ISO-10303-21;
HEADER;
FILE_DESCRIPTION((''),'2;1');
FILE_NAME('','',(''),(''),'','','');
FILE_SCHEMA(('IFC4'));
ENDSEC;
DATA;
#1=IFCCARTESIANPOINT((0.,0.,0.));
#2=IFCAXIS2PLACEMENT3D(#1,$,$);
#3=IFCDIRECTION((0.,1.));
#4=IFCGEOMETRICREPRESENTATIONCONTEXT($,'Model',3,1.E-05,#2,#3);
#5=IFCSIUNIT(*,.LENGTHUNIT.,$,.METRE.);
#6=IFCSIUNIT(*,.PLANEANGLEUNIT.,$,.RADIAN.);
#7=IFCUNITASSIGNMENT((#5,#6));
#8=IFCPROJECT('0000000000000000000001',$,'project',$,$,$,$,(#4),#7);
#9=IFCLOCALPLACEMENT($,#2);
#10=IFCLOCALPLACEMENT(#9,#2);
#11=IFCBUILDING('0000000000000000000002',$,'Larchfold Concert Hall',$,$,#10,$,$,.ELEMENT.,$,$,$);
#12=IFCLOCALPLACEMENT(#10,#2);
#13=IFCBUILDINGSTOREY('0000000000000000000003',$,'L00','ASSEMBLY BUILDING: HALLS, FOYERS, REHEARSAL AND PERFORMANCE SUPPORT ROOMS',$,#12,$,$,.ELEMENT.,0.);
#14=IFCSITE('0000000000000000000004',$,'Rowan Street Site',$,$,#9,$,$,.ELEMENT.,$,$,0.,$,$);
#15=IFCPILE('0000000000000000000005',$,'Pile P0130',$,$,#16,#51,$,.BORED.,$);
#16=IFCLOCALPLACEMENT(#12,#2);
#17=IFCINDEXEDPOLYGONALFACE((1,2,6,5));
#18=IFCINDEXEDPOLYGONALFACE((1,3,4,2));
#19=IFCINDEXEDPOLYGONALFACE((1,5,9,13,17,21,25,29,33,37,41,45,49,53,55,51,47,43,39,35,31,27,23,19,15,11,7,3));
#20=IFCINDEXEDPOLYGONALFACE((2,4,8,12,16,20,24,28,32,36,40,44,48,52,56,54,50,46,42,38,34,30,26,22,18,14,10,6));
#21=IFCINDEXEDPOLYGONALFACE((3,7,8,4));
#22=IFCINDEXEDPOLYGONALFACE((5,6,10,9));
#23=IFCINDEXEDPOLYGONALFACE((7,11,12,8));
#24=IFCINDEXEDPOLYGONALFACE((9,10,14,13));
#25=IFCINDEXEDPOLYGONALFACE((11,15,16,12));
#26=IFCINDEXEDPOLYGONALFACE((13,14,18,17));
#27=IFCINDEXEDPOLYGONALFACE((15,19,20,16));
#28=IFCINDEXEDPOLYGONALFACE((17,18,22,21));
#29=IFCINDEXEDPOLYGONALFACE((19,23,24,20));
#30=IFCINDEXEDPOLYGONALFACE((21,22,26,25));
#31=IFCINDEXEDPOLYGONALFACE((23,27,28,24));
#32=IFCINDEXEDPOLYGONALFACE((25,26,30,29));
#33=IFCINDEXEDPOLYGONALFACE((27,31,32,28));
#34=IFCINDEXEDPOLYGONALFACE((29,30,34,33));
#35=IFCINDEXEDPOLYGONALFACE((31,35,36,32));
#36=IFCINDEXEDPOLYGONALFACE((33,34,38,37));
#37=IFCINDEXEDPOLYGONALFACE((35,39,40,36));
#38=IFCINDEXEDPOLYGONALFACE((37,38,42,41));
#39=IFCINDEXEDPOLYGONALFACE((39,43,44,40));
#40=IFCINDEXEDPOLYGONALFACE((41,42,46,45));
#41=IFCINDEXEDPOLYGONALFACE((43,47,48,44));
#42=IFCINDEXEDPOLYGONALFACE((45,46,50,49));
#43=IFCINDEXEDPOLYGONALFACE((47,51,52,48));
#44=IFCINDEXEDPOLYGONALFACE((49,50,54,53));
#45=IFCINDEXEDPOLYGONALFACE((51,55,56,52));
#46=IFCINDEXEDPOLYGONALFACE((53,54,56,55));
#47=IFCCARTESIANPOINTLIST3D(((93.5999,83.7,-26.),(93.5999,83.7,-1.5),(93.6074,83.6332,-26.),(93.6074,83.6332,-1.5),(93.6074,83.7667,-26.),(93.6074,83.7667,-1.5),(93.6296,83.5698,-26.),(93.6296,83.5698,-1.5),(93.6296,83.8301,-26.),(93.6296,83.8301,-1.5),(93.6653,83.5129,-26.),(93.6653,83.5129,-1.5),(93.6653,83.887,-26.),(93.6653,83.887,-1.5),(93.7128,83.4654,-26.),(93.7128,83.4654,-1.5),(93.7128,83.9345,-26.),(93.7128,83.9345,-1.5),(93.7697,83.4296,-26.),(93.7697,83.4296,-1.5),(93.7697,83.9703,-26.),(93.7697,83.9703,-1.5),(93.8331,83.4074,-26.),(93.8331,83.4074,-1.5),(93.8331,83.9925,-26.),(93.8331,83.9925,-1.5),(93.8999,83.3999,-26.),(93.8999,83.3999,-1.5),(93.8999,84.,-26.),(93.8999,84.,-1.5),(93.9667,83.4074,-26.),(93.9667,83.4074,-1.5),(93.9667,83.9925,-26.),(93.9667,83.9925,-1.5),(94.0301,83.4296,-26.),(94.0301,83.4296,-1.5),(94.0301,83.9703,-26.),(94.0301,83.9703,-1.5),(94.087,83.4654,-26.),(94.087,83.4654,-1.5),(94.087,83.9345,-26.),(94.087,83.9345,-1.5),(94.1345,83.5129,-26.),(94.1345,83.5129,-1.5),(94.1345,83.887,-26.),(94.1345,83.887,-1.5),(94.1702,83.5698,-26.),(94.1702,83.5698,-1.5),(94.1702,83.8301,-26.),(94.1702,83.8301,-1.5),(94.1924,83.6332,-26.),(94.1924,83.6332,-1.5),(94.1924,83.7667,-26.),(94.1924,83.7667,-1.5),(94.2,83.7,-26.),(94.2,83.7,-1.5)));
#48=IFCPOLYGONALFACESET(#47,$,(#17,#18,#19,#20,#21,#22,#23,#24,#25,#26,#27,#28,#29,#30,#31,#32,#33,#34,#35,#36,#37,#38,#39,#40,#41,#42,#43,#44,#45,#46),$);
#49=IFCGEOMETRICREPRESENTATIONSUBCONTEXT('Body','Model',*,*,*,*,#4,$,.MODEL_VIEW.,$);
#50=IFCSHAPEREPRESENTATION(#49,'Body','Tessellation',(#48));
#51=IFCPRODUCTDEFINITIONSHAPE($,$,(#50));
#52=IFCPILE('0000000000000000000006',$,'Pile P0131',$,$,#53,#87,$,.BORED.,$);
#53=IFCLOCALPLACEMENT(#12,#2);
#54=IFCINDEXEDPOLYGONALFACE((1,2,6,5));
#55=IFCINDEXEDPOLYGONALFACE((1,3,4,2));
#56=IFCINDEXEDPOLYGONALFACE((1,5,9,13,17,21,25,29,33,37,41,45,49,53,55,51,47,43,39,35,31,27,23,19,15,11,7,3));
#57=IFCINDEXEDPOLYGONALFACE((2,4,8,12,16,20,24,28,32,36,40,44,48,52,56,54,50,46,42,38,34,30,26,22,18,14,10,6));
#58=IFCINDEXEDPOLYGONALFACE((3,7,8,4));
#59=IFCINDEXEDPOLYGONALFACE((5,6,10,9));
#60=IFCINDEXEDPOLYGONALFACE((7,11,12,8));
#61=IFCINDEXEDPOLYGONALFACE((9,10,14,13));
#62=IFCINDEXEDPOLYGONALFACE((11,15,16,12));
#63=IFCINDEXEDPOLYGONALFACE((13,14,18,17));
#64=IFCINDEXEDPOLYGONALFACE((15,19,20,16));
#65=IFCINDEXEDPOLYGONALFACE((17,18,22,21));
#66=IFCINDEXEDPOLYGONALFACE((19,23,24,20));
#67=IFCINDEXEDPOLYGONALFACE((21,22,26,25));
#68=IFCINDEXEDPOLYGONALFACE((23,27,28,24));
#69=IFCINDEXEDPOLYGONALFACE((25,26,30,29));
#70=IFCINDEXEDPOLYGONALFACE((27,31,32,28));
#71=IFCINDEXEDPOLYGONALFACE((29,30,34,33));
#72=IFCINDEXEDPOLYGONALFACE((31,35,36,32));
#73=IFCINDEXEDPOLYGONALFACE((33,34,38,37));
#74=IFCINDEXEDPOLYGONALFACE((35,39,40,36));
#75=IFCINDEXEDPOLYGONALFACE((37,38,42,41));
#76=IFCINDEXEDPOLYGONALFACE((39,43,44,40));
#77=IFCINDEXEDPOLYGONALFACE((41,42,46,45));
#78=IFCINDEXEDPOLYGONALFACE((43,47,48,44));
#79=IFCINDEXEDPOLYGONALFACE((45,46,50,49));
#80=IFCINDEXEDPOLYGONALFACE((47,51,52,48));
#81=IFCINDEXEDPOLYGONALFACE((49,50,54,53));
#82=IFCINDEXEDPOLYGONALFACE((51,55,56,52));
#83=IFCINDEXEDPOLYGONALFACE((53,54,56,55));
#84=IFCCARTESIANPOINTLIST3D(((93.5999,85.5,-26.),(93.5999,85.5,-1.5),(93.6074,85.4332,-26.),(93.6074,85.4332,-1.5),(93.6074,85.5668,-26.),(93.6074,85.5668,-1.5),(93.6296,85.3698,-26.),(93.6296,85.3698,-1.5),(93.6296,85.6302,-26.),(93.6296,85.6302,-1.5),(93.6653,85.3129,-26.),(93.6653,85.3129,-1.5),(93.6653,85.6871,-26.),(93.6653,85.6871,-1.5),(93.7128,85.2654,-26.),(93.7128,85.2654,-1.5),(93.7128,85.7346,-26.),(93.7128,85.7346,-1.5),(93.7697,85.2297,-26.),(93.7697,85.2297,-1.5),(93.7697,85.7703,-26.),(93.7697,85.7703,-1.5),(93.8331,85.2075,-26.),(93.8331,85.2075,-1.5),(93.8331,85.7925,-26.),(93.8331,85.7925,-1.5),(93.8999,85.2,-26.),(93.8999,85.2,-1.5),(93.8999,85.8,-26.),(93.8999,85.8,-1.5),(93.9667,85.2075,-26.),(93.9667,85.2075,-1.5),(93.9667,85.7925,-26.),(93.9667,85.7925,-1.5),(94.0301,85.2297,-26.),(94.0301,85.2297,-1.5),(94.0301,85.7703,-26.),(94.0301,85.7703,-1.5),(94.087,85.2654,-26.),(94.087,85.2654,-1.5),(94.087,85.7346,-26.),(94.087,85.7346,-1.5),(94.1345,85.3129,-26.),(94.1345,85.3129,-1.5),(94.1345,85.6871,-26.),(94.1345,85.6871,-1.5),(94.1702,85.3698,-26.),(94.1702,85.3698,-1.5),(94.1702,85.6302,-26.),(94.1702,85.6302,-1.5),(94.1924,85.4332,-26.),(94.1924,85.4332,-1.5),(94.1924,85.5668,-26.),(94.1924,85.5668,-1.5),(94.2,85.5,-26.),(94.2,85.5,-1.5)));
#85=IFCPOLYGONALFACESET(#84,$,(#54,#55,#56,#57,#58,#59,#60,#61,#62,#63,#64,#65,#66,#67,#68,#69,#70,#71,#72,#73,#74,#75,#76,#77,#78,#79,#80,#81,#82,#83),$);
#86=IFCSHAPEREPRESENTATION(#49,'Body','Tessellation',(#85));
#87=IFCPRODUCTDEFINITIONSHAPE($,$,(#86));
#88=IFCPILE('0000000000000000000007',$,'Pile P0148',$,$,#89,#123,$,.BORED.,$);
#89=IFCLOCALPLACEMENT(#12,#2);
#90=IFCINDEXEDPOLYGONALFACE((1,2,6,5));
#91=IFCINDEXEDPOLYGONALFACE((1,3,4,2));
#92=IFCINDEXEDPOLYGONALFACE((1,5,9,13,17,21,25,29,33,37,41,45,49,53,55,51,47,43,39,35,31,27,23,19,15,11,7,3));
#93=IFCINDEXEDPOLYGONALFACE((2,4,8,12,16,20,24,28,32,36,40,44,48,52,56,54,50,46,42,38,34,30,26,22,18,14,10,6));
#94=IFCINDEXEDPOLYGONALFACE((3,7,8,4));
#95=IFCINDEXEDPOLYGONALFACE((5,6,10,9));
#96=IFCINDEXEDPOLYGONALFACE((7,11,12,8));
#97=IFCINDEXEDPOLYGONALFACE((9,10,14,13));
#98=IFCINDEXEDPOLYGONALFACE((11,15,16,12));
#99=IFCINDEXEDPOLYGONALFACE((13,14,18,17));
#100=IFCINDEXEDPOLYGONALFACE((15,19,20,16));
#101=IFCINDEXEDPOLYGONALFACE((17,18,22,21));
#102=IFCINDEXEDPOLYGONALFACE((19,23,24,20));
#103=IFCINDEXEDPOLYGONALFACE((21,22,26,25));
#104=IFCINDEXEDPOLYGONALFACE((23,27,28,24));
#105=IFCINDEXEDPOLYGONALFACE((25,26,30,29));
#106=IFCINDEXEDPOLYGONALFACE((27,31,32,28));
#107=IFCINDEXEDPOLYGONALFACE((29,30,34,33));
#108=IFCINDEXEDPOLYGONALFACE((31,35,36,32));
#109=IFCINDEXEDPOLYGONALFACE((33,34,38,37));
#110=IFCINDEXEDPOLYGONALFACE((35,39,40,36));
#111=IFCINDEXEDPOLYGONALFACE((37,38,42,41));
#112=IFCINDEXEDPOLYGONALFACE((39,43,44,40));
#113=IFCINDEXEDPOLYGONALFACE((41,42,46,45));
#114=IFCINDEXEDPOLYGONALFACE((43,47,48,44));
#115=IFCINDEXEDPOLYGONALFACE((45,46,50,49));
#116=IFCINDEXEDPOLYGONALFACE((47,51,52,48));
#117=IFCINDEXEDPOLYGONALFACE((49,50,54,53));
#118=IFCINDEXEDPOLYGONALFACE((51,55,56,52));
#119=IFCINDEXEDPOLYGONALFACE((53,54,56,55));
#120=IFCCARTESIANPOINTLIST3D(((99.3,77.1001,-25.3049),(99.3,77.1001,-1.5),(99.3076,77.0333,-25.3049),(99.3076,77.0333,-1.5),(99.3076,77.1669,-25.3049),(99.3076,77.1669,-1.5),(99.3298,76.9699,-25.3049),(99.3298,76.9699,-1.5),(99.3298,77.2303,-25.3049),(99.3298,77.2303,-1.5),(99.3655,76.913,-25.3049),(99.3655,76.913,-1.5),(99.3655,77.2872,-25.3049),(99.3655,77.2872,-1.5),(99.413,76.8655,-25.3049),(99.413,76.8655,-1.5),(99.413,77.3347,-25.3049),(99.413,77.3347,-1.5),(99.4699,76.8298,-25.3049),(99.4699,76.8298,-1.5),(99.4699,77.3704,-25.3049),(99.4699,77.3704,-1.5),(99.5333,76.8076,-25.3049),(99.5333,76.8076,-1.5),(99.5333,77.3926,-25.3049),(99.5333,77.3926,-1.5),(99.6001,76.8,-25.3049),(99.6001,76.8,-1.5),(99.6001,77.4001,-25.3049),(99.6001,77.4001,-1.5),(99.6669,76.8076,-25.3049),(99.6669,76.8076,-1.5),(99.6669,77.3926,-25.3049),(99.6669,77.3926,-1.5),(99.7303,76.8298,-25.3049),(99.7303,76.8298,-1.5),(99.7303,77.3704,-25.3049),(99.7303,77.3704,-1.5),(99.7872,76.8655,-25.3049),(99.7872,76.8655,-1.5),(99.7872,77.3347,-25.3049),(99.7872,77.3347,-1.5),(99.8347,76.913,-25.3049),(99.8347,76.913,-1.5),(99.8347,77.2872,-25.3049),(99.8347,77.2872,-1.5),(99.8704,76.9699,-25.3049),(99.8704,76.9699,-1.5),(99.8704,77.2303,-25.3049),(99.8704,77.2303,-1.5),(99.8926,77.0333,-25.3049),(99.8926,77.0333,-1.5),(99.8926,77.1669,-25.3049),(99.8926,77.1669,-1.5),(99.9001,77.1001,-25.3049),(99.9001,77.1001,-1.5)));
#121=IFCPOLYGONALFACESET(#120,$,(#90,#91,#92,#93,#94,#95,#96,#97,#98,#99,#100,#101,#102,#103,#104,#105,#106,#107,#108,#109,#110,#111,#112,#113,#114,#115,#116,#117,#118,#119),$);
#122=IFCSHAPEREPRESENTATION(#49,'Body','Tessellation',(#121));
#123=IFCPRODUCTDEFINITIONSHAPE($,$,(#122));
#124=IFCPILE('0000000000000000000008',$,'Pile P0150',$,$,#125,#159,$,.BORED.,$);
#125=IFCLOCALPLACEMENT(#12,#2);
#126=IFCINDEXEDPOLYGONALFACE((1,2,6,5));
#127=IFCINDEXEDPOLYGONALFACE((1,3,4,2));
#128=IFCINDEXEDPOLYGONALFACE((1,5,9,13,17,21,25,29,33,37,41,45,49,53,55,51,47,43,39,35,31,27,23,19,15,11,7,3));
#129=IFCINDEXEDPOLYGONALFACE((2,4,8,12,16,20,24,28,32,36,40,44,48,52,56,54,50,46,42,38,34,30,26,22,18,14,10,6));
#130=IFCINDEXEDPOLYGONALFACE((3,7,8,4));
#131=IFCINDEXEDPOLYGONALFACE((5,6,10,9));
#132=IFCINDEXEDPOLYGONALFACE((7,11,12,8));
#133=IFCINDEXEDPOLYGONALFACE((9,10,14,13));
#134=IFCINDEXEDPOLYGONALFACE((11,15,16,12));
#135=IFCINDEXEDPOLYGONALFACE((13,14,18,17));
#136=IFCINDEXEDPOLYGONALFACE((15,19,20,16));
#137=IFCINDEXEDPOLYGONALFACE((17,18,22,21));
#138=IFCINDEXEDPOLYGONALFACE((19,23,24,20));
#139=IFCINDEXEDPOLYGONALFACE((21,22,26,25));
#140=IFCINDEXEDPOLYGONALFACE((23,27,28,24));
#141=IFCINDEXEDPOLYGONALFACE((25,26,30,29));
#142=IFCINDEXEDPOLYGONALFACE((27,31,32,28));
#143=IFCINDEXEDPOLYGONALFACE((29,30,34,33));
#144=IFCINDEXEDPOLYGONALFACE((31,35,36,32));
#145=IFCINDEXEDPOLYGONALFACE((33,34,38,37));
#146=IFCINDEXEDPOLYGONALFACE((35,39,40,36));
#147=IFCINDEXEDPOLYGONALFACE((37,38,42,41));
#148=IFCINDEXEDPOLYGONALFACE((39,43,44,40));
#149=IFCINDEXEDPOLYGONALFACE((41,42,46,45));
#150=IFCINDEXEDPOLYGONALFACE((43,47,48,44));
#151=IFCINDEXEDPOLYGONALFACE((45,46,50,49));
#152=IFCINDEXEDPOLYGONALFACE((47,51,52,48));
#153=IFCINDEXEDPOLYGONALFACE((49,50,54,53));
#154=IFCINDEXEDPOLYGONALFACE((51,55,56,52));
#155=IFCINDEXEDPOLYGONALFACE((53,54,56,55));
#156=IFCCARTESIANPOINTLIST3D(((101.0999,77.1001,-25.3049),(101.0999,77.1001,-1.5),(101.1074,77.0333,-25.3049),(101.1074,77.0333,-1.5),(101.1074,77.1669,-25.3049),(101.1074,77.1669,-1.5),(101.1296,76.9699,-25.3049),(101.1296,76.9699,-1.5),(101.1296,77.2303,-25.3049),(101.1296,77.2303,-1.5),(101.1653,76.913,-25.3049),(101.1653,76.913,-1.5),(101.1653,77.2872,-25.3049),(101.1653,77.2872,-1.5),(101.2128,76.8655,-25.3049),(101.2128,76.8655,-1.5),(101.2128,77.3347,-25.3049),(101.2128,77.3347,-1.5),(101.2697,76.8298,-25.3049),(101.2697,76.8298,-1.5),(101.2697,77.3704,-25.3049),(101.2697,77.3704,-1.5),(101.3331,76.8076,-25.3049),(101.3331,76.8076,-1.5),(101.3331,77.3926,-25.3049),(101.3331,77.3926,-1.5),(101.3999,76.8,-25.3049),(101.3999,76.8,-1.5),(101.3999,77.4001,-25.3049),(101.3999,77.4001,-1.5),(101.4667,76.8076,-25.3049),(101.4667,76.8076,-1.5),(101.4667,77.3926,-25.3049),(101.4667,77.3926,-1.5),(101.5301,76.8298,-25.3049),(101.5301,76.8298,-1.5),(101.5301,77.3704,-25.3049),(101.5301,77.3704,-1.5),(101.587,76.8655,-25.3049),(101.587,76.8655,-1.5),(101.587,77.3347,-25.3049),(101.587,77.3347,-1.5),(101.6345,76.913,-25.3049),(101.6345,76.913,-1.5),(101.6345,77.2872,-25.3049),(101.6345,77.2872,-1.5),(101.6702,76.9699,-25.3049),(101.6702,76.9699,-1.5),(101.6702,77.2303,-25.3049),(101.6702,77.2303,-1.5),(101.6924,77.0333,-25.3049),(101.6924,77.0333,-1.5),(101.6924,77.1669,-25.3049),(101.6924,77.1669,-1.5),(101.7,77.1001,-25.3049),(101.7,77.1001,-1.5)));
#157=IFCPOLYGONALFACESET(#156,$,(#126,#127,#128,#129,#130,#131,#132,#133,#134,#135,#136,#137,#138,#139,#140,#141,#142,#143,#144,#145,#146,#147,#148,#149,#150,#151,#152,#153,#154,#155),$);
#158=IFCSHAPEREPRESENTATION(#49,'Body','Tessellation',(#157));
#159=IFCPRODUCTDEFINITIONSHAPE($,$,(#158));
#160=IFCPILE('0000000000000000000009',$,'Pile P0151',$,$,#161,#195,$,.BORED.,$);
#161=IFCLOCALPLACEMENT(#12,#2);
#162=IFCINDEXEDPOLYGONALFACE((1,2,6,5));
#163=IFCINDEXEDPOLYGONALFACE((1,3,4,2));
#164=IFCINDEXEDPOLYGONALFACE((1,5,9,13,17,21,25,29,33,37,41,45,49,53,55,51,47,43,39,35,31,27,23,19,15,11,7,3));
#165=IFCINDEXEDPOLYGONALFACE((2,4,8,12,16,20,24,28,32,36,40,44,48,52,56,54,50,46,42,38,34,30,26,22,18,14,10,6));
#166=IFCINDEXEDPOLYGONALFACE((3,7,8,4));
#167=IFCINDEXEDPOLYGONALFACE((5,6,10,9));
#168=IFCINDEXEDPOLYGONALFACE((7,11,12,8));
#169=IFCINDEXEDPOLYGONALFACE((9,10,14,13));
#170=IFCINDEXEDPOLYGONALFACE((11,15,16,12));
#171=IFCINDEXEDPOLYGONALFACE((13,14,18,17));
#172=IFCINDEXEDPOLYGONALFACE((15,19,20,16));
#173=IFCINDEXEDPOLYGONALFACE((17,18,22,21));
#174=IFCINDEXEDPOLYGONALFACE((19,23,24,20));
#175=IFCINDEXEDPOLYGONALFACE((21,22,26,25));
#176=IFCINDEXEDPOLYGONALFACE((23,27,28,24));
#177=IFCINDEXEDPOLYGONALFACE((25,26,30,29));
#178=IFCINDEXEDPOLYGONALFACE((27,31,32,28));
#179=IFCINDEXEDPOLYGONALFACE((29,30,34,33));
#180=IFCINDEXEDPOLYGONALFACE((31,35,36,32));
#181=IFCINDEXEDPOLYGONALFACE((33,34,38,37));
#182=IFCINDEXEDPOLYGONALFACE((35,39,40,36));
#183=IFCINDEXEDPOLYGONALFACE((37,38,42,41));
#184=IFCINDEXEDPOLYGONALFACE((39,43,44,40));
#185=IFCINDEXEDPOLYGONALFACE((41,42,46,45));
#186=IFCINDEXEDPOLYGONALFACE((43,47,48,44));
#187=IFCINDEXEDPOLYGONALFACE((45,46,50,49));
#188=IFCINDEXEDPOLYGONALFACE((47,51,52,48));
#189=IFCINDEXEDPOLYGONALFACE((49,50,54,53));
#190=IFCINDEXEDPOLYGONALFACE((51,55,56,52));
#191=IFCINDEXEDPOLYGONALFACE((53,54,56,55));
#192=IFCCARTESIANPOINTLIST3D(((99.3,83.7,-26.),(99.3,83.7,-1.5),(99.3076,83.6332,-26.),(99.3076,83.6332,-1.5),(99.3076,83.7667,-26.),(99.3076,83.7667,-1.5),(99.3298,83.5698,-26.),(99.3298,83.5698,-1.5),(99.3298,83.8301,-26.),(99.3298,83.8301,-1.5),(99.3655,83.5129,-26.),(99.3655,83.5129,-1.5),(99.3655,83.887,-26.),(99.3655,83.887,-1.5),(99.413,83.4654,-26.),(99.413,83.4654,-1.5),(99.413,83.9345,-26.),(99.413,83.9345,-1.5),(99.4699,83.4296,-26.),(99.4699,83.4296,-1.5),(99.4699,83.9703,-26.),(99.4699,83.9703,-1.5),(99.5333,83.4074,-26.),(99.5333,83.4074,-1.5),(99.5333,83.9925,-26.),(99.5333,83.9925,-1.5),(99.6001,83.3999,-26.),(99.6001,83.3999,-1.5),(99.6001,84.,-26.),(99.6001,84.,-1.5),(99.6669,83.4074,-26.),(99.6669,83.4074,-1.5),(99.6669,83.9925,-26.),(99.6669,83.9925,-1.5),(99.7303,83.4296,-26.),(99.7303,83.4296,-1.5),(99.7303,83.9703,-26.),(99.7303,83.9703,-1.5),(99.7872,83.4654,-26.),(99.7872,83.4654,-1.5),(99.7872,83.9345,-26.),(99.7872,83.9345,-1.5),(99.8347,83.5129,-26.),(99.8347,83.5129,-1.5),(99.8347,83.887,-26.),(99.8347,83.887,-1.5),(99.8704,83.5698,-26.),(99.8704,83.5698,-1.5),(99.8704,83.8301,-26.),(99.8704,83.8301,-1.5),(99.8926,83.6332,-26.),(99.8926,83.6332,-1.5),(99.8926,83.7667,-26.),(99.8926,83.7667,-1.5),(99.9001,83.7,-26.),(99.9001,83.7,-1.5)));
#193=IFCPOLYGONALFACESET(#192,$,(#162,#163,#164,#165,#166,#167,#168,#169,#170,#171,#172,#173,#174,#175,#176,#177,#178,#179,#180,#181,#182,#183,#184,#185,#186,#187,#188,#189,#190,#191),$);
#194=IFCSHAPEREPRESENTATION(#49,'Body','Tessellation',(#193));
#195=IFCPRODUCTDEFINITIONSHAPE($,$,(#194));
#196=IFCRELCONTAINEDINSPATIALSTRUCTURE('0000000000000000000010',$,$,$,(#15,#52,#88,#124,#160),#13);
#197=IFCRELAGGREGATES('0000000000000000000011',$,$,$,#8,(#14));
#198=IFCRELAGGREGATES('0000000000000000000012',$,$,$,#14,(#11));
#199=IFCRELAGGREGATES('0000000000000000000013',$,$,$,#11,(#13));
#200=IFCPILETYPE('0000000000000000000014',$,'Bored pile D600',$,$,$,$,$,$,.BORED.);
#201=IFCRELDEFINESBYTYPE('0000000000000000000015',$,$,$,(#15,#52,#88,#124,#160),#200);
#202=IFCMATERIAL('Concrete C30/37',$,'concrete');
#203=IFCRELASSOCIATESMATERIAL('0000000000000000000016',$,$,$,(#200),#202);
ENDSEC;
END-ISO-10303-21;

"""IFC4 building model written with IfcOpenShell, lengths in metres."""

from ifc_helpers import new_model, si_unit, direction, frame, origin, origin_2d, place, context, subcontext, project, spatial, circle, extrude, material, material_profile, profile_set, type_object, element, save


model = new_model("IFC4")

# Units and contexts
model_context = context("Model", 3, precision=1e-05, world=origin(), true_north=direction((0.0, 1.0)))
body_context = subcontext(model_context, "Body", "Model", "MODEL_VIEW")
ifc_project = project(units=[si_unit("LENGTHUNIT", "METRE"), si_unit("PLANEANGLEUNIT", "RADIAN")], contexts=[model_context])

# Site, building, storey
site_placement = place(None, origin())
site = spatial("IfcSite", under=ifc_project, at=site_placement, Name="Rowan Street Site", CompositionType="ELEMENT", RefElevation=0.0)
building_placement = place(site_placement, origin())
building = spatial("IfcBuilding", under=site, at=building_placement, Name="Larchfold Concert Hall", CompositionType="ELEMENT")
storey_placement = place(building_placement, origin())
storey = spatial("IfcBuildingStorey", under=building, at=storey_placement, Name="L00", Description="ASSEMBLY BUILDING: HALLS, FOYERS, REHEARSAL AND PERFORMANCE SUPPORT ROOMS", CompositionType="ELEMENT", Elevation=0.0)

# Piles
ifc_material_1 = material(Name="Concrete C30/37", Category="concrete")
ifc_material_profile_1 = material_profile(ifc_material_1, circle(Radius=0.3, at=origin_2d()))
ifc_profile_set_1 = profile_set([ifc_material_profile_1], Name="Concrete C30/37")
pile_type = type_object("IfcPileType", Name="Bored pile D600", PredefinedType="BORED", material=ifc_profile_set_1)
for number, where, z_axis, x_axis, name in (
    (1, (93.8999, 83.7, -1.5), (0.0, 0.0, -1.0), (1.0, 0.0, 0.0), "Pile P0130"),
    (2, (93.8999, 85.5, -1.5), (0.0, 0.0, -1.0), (1.0, 0.0, 0.0), "Pile P0131"),
):
    element("IfcPile", number, at=place(storey_placement, frame(where, z_axis=z_axis, x_axis=x_axis)), inside=storey, type_object=pile_type, Name=name, PredefinedType="BORED", context=body_context, shape_type="SweptSolid", body=[
        extrude(circle(Radius=0.3, at=origin_2d()), origin(), (0.0, 0.0, 1.0), 24.5),
    ])
for number, where, z_axis, x_axis, name in (
    (3, (99.6001, 77.1001, -1.5), (0.0, 0.0, -1.0), (1.0, 0.0, 0.0), "Pile P0148"),
    (4, (101.3999, 77.1001, -1.5), (0.0, 0.0, -1.0), (1.0, 0.0, 0.0), "Pile P0150"),
):
    element("IfcPile", number, at=place(storey_placement, frame(where, z_axis=z_axis, x_axis=x_axis)), inside=storey, type_object=pile_type, Name=name, PredefinedType="BORED", context=body_context, shape_type="SweptSolid", body=[
        extrude(circle(Radius=0.3, at=origin_2d()), origin(), (0.0, 0.0, 1.0), 23.8049),
    ])
for number, where, z_axis, x_axis, name in (
    (5, (99.6001, 83.7, -1.5), (0.0, 0.0, -1.0), (1.0, 0.0, 0.0), "Pile P0151"),
):
    element("IfcPile", number, at=place(storey_placement, frame(where, z_axis=z_axis, x_axis=x_axis)), inside=storey, type_object=pile_type, Name=name, PredefinedType="BORED", context=body_context, shape_type="SweptSolid", body=[
        extrude(circle(Radius=0.3, at=origin_2d()), origin(), (0.0, 0.0, 1.0), 24.5),
    ])

save(model, "model.ifc")
